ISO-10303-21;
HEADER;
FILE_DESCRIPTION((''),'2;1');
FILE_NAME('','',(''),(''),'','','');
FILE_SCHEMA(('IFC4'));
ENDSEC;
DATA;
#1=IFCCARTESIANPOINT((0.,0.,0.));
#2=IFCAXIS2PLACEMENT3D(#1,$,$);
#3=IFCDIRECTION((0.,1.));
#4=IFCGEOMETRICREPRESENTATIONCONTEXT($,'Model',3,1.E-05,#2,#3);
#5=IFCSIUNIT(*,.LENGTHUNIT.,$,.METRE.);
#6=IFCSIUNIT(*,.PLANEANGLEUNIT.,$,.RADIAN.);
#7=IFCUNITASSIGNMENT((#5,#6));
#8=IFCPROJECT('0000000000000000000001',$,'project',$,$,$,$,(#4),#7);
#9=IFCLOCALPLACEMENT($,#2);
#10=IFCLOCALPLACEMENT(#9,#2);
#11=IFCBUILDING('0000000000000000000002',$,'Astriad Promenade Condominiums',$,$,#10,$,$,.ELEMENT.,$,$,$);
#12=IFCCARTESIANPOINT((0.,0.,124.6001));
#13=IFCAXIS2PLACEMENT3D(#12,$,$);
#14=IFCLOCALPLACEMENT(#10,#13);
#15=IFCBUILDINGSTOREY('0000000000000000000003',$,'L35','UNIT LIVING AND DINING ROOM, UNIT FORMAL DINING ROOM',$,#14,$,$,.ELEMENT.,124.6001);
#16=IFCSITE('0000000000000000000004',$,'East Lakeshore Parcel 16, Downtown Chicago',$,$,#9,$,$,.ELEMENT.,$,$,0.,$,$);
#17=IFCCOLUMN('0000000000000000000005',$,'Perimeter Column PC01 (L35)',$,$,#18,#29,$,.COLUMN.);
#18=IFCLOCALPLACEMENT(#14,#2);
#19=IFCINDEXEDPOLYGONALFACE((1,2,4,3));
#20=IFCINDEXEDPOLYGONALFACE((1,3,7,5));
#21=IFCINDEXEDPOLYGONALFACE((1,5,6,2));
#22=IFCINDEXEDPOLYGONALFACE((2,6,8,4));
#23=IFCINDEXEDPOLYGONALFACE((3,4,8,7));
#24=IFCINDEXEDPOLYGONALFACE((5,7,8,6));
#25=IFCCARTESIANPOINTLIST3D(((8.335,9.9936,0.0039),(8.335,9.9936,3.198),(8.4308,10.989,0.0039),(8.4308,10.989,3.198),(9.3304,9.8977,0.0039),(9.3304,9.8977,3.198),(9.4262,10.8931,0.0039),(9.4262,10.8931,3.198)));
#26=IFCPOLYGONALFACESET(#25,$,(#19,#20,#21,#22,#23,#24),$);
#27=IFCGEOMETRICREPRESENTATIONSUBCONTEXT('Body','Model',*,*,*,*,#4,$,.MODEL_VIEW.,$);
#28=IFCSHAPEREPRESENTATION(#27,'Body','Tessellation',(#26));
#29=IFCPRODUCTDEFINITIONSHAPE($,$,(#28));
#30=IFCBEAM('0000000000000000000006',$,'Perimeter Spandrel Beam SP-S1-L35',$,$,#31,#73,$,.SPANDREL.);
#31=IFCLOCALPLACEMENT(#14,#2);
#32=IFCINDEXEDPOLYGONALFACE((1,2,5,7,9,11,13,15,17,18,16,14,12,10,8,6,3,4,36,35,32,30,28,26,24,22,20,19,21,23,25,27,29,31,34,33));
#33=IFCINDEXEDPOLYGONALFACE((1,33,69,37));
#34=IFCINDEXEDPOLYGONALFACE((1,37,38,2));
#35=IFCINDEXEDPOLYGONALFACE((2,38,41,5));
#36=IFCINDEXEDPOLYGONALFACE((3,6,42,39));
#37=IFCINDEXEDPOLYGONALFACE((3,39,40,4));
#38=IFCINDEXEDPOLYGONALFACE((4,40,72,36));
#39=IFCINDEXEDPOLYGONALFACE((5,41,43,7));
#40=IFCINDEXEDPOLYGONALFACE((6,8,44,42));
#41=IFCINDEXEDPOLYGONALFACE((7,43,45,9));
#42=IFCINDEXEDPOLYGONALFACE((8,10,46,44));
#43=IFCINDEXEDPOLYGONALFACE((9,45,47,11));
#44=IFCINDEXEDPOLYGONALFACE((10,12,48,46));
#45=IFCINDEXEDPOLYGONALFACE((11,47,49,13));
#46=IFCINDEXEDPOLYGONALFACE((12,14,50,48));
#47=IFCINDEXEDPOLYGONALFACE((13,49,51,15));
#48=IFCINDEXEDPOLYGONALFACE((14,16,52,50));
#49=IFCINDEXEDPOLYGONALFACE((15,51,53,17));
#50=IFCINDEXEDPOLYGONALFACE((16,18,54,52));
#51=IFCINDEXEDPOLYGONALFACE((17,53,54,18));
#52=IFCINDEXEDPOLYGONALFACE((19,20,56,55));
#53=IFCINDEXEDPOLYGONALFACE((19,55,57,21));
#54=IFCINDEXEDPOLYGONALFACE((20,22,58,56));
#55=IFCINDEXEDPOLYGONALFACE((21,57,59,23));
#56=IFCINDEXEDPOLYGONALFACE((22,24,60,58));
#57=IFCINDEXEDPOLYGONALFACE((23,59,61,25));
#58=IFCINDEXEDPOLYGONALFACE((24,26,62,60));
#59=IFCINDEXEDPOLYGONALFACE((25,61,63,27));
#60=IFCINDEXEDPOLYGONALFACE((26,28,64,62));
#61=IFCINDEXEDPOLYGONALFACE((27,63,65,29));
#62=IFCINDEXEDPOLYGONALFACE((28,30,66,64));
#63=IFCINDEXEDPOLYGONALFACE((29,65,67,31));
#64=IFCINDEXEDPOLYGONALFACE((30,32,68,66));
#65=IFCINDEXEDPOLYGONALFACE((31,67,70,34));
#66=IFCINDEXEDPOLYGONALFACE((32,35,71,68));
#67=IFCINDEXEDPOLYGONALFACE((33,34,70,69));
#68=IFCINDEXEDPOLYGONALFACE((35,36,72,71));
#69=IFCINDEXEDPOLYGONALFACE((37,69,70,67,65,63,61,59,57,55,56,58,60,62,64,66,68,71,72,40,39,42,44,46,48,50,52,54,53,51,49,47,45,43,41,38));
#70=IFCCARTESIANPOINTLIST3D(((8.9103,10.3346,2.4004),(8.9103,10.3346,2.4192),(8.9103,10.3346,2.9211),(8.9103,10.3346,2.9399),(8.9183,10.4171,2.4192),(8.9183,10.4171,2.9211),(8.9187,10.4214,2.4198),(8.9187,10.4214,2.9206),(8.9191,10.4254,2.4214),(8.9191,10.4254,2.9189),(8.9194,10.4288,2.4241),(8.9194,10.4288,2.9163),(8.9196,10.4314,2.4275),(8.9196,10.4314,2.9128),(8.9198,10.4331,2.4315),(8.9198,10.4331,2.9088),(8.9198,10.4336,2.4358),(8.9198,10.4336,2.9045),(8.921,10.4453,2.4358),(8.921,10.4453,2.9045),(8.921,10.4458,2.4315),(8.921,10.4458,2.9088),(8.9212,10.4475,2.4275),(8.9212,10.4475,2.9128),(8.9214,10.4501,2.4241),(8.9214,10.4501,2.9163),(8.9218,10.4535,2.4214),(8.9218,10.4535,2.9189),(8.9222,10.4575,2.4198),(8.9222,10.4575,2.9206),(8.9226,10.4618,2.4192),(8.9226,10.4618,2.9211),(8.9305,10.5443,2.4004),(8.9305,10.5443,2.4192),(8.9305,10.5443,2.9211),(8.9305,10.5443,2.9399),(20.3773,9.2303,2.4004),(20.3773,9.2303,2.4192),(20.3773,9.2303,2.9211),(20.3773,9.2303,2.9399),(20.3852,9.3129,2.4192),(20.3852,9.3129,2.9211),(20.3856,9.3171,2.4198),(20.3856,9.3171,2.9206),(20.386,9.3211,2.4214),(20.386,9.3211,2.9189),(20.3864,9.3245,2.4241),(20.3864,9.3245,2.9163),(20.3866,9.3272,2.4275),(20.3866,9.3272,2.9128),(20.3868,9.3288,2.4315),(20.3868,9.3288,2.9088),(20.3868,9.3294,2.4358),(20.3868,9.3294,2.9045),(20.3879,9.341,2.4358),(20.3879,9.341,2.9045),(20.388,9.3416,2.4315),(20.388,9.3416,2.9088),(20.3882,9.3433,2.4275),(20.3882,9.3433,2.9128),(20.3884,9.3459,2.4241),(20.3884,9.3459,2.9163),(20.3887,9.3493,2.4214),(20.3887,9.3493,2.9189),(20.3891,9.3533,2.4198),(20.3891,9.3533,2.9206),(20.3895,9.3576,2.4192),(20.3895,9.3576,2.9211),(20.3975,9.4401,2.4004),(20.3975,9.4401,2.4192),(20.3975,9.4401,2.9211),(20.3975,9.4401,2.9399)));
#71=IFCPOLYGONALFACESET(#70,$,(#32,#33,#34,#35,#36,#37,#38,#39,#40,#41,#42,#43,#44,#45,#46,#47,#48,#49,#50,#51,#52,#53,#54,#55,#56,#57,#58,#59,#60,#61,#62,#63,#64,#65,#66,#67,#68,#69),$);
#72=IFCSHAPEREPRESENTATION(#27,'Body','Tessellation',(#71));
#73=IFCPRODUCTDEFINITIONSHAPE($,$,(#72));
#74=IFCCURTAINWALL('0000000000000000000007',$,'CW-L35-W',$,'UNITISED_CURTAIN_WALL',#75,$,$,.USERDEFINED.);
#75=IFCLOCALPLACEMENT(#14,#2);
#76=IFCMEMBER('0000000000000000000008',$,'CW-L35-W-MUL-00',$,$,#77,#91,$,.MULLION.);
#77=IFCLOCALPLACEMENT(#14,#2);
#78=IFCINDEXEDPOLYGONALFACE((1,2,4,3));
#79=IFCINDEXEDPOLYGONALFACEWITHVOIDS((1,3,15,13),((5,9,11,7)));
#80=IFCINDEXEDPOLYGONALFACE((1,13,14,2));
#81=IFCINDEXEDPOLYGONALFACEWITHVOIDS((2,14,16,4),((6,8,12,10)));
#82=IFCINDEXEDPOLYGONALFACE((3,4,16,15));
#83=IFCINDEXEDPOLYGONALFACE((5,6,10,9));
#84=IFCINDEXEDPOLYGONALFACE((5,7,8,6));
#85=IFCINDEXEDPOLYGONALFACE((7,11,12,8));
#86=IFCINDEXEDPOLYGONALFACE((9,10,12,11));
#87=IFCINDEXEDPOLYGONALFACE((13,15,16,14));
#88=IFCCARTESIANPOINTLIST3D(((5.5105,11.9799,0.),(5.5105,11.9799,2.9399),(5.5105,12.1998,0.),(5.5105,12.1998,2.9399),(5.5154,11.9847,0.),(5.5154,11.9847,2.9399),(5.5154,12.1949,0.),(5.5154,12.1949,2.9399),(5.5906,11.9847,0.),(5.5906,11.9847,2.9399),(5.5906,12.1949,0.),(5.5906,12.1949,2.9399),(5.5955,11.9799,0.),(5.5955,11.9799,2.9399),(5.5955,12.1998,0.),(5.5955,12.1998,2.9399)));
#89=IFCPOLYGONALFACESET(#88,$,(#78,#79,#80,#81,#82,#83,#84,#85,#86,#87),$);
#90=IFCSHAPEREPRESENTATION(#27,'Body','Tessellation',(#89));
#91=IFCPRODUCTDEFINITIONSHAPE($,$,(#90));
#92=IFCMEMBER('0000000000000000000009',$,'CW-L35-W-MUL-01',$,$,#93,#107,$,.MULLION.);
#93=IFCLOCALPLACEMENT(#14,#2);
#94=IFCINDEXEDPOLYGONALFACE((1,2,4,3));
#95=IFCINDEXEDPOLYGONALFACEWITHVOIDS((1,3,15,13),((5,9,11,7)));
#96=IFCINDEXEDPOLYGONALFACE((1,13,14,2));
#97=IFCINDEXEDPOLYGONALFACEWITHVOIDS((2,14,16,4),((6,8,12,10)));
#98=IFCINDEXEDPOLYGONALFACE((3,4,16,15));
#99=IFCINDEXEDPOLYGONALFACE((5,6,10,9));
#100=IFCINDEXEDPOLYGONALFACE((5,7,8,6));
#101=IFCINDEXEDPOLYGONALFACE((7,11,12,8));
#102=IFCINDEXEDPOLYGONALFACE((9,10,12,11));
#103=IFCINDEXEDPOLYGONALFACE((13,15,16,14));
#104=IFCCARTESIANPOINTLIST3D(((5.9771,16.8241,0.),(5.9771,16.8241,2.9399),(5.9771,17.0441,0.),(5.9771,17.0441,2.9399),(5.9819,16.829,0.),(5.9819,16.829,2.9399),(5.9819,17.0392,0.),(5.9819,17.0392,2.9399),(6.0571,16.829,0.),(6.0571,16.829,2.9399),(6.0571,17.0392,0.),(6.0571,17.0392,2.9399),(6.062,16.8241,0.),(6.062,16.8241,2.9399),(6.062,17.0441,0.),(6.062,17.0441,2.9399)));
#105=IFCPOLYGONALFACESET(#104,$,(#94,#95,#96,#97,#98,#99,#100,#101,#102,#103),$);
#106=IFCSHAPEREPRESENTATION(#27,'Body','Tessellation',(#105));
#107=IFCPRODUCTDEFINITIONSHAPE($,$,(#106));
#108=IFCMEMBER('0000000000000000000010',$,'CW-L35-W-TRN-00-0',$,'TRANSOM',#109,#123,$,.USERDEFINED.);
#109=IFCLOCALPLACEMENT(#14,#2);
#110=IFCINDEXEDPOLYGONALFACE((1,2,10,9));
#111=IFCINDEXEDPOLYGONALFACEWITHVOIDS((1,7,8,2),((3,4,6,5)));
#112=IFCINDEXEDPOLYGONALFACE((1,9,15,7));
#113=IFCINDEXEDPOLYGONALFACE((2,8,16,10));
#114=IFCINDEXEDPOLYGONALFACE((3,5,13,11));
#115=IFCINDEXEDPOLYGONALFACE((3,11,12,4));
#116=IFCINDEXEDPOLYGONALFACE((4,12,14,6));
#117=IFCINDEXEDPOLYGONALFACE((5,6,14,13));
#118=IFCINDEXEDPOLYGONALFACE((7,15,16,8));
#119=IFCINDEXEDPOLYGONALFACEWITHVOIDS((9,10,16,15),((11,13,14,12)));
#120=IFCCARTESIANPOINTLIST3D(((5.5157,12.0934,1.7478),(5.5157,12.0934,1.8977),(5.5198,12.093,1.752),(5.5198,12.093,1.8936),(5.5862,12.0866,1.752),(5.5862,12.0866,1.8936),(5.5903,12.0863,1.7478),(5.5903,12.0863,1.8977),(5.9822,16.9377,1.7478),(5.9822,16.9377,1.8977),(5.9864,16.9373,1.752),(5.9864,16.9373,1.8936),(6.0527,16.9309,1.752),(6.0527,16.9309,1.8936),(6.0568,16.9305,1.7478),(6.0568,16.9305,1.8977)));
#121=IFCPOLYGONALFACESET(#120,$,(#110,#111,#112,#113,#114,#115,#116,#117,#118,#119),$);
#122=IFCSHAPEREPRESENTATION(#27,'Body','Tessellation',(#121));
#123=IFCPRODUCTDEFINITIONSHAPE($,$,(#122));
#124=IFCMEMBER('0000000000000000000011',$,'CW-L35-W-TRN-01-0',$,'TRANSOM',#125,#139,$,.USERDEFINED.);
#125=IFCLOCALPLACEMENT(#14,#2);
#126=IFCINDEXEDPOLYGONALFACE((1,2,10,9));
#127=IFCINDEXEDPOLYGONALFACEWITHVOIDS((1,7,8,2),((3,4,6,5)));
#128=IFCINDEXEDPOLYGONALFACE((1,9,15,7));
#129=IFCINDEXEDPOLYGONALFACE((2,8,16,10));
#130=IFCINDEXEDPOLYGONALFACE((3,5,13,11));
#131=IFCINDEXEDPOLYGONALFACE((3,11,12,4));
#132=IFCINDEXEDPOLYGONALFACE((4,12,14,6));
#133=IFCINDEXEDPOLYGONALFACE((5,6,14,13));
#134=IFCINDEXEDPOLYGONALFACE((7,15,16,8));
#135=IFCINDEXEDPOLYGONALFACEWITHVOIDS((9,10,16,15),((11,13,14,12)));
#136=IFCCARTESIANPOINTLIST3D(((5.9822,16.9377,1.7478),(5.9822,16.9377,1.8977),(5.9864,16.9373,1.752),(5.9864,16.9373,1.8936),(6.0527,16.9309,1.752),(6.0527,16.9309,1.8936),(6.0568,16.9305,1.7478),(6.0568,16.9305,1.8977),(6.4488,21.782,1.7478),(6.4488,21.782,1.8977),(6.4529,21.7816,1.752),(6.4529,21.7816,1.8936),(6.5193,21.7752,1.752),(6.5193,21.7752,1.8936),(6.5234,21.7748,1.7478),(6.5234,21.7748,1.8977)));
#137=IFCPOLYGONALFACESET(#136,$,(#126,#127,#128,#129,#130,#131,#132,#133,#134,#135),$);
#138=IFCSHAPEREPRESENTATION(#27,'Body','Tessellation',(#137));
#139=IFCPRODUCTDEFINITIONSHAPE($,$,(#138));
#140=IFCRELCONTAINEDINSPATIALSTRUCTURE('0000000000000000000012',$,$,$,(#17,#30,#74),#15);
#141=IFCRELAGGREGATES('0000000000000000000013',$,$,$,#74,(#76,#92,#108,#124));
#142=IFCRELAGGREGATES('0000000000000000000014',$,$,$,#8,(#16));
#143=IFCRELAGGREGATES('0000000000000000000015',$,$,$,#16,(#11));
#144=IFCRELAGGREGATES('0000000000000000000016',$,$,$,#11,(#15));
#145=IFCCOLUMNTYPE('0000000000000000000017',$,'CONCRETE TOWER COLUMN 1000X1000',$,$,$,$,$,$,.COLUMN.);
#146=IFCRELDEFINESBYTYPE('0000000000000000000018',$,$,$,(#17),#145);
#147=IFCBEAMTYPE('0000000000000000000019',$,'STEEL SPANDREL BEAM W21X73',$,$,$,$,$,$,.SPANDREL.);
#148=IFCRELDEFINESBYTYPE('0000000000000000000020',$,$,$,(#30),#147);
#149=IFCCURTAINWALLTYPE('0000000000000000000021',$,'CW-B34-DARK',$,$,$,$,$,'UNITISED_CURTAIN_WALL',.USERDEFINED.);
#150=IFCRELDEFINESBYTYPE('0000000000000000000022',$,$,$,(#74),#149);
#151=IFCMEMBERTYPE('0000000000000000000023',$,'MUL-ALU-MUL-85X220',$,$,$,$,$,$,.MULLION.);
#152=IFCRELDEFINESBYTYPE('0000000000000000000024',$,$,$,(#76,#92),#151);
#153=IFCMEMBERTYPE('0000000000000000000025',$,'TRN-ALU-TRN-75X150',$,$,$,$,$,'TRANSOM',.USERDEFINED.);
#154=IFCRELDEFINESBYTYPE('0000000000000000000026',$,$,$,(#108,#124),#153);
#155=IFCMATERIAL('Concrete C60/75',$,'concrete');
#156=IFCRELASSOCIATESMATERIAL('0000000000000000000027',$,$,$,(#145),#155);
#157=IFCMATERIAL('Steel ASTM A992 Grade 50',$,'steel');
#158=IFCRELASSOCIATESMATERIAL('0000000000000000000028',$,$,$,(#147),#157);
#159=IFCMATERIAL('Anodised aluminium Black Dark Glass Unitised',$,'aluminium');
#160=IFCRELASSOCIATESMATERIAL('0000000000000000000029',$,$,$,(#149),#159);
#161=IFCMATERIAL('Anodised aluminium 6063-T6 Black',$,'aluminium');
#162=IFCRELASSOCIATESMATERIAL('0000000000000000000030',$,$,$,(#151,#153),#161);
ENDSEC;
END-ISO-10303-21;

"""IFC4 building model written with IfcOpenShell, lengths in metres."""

from ifc_helpers import new_model, si_unit, direction, frame, origin, origin_2d, place, context, subcontext, project, spatial, rectangle, hollow_rectangle, i_section, extrude, source, transform, mapped, material, material_profile, profile_set, type_object, type_shapes, element, aggregate, save


model = new_model("IFC4")

# Units and contexts
model_context = context("Model", 3, precision=1e-05, world=origin(), true_north=direction((0.0, 1.0)))
body_context = subcontext(model_context, "Body", "Model", "MODEL_VIEW")
ifc_project = project(units=[si_unit("LENGTHUNIT", "METRE"), si_unit("PLANEANGLEUNIT", "RADIAN")], contexts=[model_context])

# Site, building, storey
site_placement = place(None, origin())
site = spatial("IfcSite", under=ifc_project, at=site_placement, Name="East Lakeshore Parcel 16, Downtown Chicago", CompositionType="ELEMENT", RefElevation=0.0)
building_placement = place(site_placement, origin())
building = spatial("IfcBuilding", under=site, at=building_placement, Name="Astriad Promenade Condominiums", CompositionType="ELEMENT")
storey_placement = place(building_placement, frame((0.0, 0.0, 124.6001)))
storey = spatial("IfcBuildingStorey", under=building, at=storey_placement, Name="L35", Description="UNIT LIVING AND DINING ROOM, UNIT FORMAL DINING ROOM", CompositionType="ELEMENT", Elevation=124.6001)

# Column
ifc_material_1 = material(Name="Concrete C60/75", Category="concrete")
ifc_material_profile_1 = material_profile(ifc_material_1, rectangle(XDim=1.0, YDim=1.0, at=origin_2d()), Name="RC-COL-1000X1000")
ifc_profile_set_1 = profile_set([ifc_material_profile_1], Name="Concrete C60/75")
column_type = type_object("IfcColumnType", Name="CONCRETE TOWER COLUMN 1000X1000", PredefinedType="COLUMN", material=ifc_profile_set_1)
shared_shape_1 = source(origin(), body_context, "Body", "SweptSolid", [
    extrude(rectangle(XDim=1.0, YDim=1.0, at=origin_2d()), origin(), (0.0, 0.0, 1.0), 3.1941),
])
type_shapes(column_type, [shared_shape_1])
column_placement = place(storey_placement, frame((8.8806, 10.4434, 0.0039), z_axis=(0.0, 0.0, 1.0), x_axis=(0.995396, -0.095846, 0.0)))
element("IfcColumn", 1, at=column_placement, inside=storey, type_object=column_type, Name="Perimeter Column PC01 (L35)", PredefinedType="COLUMN", context=body_context, shape_type="MappedRepresentation", body=[
    mapped(shared_shape_1, transform((0.0, 0.0, 0.0), scale=1.0)),
])

# Beam
ifc_material_2 = material(Name="Steel ASTM A992 Grade 50", Category="steel")
ifc_material_profile_2 = material_profile(ifc_material_2, i_section(OverallWidth=0.2107, OverallDepth=0.5396, WebThickness=0.0117, FlangeThickness=0.0188, FilletRadius=0.0166, at=origin_2d()), Name="W21X73")
ifc_profile_set_2 = profile_set([ifc_material_profile_2], Name="Steel ASTM A992 Grade 50")
beam_type = type_object("IfcBeamType", Name="STEEL SPANDREL BEAM W21X73", PredefinedType="SPANDREL", material=ifc_profile_set_2)
shared_shape_2 = source(origin(), body_context, "Body", "SweptSolid", [
    extrude(i_section(OverallWidth=0.2107, OverallDepth=0.5396, WebThickness=0.0117, FlangeThickness=0.0188, FilletRadius=0.0166, at=origin_2d()), origin(), (0.0, 0.0, 1.0), 11.52),
])
type_shapes(beam_type, [shared_shape_2])
beam_placement = place(storey_placement, frame((8.9204, 10.4395, 2.6702), z_axis=(0.995395, -0.095854, 0.0), x_axis=(0.095854, 0.995395, 0.0)))
element("IfcBeam", 2, at=beam_placement, inside=storey, type_object=beam_type, Name="Perimeter Spandrel Beam SP-S1-L35", PredefinedType="SPANDREL", context=body_context, shape_type="MappedRepresentation", body=[
    mapped(shared_shape_2, transform((0.0, 0.0, 0.0), scale=1.0)),
])

# Curtain wall, members
ifc_material_3 = material(Name="Anodised aluminium Black Dark Glass Unitised", Category="aluminium")
curtain_wall_type = type_object("IfcCurtainWallType", Name="CW-B34-DARK", ElementType="UNITISED_CURTAIN_WALL", PredefinedType="USERDEFINED", material=ifc_material_3)
curtain_wall_placement = place(storey_placement, origin())
curtain_wall = element("IfcCurtainWall", 3, at=curtain_wall_placement, inside=storey, type_object=curtain_wall_type, Name="CW-L35-W", ObjectType="UNITISED_CURTAIN_WALL", PredefinedType="USERDEFINED")
ifc_material_4 = material(Name="Anodised aluminium 6063-T6 Black", Category="aluminium")
ifc_material_profile_3 = material_profile(ifc_material_4, hollow_rectangle(XDim=0.085, YDim=0.22, WallThickness=0.0049, at=origin_2d()), Name="ALU-MUL-85X220")
ifc_profile_set_3 = profile_set([ifc_material_profile_3], Name="Anodised aluminium 6063-T6 Black")
member_type_1 = type_object("IfcMemberType", Name="MUL-ALU-MUL-85X220", PredefinedType="MULLION", material=ifc_profile_set_3)
shared_shape_3 = source(origin(), body_context, "Body", "SweptSolid", [
    extrude(hollow_rectangle(XDim=0.085, YDim=0.22, WallThickness=0.0049, at=origin_2d()), origin(), (0.0, 0.0, 1.0), 2.9399),
])
type_shapes(member_type_1, [shared_shape_3])
member_1_placement = place(storey_placement, frame((5.553, 12.0898, 0.0), z_axis=(0.0, 0.0, 1.0), x_axis=(1.0, 0.0, 0.0)))
member_1 = element("IfcMember", 4, at=member_1_placement, type_object=member_type_1, Name="CW-L35-W-MUL-00", PredefinedType="MULLION", context=body_context, shape_type="MappedRepresentation", body=[
    mapped(shared_shape_3, transform((0.0, 0.0, 0.0), scale=1.0)),
])
member_2_placement = place(storey_placement, frame((6.0195, 16.9341, 0.0), z_axis=(0.0, 0.0, 1.0), x_axis=(1.0, 0.0, 0.0)))
member_2 = element("IfcMember", 5, at=member_2_placement, type_object=member_type_1, Name="CW-L35-W-MUL-01", PredefinedType="MULLION", context=body_context, shape_type="MappedRepresentation", body=[
    mapped(shared_shape_3, transform((0.0, 0.0, 0.0), scale=1.0)),
])
ifc_material_profile_4 = material_profile(ifc_material_4, hollow_rectangle(XDim=0.075, YDim=0.1499, WallThickness=0.0042, at=origin_2d()), Name="ALU-TRN-75X150")
ifc_profile_set_4 = profile_set([ifc_material_profile_4], Name="Anodised aluminium 6063-T6 Black")
member_type_2 = type_object("IfcMemberType", Name="TRN-ALU-TRN-75X150", ElementType="TRANSOM", PredefinedType="USERDEFINED", material=ifc_profile_set_4)
shared_shape_4 = source(origin(), body_context, "Body", "SweptSolid", [
    extrude(hollow_rectangle(XDim=0.075, YDim=0.1499, WallThickness=0.0042, at=origin_2d()), origin(), (0.0, 0.0, 1.0), 4.8667),
])
type_shapes(member_type_2, [shared_shape_4])
member_3_placement = place(storey_placement, frame((5.553, 12.0898, 1.8228), z_axis=(0.095867, 0.995394, 0.0), x_axis=(-0.995394, 0.095867, 0.0)))
member_3 = element("IfcMember", 6, at=member_3_placement, type_object=member_type_2, Name="CW-L35-W-TRN-00-0", ObjectType="TRANSOM", PredefinedType="USERDEFINED", context=body_context, shape_type="MappedRepresentation", body=[
    mapped(shared_shape_4, transform((0.0, 0.0, 0.0), scale=1.0)),
])
member_4_placement = place(storey_placement, frame((6.0195, 16.9341, 1.8228), z_axis=(0.095867, 0.995394, 0.0), x_axis=(-0.995394, 0.095867, 0.0)))
member_4 = element("IfcMember", 7, at=member_4_placement, type_object=member_type_2, Name="CW-L35-W-TRN-01-0", ObjectType="TRANSOM", PredefinedType="USERDEFINED", context=body_context, shape_type="MappedRepresentation", body=[
    mapped(shared_shape_4, transform((0.0, 0.0, 0.0), scale=1.0)),
])

aggregate(curtain_wall, [member_1, member_2, member_3, member_4])

save(model, "model.ifc")
